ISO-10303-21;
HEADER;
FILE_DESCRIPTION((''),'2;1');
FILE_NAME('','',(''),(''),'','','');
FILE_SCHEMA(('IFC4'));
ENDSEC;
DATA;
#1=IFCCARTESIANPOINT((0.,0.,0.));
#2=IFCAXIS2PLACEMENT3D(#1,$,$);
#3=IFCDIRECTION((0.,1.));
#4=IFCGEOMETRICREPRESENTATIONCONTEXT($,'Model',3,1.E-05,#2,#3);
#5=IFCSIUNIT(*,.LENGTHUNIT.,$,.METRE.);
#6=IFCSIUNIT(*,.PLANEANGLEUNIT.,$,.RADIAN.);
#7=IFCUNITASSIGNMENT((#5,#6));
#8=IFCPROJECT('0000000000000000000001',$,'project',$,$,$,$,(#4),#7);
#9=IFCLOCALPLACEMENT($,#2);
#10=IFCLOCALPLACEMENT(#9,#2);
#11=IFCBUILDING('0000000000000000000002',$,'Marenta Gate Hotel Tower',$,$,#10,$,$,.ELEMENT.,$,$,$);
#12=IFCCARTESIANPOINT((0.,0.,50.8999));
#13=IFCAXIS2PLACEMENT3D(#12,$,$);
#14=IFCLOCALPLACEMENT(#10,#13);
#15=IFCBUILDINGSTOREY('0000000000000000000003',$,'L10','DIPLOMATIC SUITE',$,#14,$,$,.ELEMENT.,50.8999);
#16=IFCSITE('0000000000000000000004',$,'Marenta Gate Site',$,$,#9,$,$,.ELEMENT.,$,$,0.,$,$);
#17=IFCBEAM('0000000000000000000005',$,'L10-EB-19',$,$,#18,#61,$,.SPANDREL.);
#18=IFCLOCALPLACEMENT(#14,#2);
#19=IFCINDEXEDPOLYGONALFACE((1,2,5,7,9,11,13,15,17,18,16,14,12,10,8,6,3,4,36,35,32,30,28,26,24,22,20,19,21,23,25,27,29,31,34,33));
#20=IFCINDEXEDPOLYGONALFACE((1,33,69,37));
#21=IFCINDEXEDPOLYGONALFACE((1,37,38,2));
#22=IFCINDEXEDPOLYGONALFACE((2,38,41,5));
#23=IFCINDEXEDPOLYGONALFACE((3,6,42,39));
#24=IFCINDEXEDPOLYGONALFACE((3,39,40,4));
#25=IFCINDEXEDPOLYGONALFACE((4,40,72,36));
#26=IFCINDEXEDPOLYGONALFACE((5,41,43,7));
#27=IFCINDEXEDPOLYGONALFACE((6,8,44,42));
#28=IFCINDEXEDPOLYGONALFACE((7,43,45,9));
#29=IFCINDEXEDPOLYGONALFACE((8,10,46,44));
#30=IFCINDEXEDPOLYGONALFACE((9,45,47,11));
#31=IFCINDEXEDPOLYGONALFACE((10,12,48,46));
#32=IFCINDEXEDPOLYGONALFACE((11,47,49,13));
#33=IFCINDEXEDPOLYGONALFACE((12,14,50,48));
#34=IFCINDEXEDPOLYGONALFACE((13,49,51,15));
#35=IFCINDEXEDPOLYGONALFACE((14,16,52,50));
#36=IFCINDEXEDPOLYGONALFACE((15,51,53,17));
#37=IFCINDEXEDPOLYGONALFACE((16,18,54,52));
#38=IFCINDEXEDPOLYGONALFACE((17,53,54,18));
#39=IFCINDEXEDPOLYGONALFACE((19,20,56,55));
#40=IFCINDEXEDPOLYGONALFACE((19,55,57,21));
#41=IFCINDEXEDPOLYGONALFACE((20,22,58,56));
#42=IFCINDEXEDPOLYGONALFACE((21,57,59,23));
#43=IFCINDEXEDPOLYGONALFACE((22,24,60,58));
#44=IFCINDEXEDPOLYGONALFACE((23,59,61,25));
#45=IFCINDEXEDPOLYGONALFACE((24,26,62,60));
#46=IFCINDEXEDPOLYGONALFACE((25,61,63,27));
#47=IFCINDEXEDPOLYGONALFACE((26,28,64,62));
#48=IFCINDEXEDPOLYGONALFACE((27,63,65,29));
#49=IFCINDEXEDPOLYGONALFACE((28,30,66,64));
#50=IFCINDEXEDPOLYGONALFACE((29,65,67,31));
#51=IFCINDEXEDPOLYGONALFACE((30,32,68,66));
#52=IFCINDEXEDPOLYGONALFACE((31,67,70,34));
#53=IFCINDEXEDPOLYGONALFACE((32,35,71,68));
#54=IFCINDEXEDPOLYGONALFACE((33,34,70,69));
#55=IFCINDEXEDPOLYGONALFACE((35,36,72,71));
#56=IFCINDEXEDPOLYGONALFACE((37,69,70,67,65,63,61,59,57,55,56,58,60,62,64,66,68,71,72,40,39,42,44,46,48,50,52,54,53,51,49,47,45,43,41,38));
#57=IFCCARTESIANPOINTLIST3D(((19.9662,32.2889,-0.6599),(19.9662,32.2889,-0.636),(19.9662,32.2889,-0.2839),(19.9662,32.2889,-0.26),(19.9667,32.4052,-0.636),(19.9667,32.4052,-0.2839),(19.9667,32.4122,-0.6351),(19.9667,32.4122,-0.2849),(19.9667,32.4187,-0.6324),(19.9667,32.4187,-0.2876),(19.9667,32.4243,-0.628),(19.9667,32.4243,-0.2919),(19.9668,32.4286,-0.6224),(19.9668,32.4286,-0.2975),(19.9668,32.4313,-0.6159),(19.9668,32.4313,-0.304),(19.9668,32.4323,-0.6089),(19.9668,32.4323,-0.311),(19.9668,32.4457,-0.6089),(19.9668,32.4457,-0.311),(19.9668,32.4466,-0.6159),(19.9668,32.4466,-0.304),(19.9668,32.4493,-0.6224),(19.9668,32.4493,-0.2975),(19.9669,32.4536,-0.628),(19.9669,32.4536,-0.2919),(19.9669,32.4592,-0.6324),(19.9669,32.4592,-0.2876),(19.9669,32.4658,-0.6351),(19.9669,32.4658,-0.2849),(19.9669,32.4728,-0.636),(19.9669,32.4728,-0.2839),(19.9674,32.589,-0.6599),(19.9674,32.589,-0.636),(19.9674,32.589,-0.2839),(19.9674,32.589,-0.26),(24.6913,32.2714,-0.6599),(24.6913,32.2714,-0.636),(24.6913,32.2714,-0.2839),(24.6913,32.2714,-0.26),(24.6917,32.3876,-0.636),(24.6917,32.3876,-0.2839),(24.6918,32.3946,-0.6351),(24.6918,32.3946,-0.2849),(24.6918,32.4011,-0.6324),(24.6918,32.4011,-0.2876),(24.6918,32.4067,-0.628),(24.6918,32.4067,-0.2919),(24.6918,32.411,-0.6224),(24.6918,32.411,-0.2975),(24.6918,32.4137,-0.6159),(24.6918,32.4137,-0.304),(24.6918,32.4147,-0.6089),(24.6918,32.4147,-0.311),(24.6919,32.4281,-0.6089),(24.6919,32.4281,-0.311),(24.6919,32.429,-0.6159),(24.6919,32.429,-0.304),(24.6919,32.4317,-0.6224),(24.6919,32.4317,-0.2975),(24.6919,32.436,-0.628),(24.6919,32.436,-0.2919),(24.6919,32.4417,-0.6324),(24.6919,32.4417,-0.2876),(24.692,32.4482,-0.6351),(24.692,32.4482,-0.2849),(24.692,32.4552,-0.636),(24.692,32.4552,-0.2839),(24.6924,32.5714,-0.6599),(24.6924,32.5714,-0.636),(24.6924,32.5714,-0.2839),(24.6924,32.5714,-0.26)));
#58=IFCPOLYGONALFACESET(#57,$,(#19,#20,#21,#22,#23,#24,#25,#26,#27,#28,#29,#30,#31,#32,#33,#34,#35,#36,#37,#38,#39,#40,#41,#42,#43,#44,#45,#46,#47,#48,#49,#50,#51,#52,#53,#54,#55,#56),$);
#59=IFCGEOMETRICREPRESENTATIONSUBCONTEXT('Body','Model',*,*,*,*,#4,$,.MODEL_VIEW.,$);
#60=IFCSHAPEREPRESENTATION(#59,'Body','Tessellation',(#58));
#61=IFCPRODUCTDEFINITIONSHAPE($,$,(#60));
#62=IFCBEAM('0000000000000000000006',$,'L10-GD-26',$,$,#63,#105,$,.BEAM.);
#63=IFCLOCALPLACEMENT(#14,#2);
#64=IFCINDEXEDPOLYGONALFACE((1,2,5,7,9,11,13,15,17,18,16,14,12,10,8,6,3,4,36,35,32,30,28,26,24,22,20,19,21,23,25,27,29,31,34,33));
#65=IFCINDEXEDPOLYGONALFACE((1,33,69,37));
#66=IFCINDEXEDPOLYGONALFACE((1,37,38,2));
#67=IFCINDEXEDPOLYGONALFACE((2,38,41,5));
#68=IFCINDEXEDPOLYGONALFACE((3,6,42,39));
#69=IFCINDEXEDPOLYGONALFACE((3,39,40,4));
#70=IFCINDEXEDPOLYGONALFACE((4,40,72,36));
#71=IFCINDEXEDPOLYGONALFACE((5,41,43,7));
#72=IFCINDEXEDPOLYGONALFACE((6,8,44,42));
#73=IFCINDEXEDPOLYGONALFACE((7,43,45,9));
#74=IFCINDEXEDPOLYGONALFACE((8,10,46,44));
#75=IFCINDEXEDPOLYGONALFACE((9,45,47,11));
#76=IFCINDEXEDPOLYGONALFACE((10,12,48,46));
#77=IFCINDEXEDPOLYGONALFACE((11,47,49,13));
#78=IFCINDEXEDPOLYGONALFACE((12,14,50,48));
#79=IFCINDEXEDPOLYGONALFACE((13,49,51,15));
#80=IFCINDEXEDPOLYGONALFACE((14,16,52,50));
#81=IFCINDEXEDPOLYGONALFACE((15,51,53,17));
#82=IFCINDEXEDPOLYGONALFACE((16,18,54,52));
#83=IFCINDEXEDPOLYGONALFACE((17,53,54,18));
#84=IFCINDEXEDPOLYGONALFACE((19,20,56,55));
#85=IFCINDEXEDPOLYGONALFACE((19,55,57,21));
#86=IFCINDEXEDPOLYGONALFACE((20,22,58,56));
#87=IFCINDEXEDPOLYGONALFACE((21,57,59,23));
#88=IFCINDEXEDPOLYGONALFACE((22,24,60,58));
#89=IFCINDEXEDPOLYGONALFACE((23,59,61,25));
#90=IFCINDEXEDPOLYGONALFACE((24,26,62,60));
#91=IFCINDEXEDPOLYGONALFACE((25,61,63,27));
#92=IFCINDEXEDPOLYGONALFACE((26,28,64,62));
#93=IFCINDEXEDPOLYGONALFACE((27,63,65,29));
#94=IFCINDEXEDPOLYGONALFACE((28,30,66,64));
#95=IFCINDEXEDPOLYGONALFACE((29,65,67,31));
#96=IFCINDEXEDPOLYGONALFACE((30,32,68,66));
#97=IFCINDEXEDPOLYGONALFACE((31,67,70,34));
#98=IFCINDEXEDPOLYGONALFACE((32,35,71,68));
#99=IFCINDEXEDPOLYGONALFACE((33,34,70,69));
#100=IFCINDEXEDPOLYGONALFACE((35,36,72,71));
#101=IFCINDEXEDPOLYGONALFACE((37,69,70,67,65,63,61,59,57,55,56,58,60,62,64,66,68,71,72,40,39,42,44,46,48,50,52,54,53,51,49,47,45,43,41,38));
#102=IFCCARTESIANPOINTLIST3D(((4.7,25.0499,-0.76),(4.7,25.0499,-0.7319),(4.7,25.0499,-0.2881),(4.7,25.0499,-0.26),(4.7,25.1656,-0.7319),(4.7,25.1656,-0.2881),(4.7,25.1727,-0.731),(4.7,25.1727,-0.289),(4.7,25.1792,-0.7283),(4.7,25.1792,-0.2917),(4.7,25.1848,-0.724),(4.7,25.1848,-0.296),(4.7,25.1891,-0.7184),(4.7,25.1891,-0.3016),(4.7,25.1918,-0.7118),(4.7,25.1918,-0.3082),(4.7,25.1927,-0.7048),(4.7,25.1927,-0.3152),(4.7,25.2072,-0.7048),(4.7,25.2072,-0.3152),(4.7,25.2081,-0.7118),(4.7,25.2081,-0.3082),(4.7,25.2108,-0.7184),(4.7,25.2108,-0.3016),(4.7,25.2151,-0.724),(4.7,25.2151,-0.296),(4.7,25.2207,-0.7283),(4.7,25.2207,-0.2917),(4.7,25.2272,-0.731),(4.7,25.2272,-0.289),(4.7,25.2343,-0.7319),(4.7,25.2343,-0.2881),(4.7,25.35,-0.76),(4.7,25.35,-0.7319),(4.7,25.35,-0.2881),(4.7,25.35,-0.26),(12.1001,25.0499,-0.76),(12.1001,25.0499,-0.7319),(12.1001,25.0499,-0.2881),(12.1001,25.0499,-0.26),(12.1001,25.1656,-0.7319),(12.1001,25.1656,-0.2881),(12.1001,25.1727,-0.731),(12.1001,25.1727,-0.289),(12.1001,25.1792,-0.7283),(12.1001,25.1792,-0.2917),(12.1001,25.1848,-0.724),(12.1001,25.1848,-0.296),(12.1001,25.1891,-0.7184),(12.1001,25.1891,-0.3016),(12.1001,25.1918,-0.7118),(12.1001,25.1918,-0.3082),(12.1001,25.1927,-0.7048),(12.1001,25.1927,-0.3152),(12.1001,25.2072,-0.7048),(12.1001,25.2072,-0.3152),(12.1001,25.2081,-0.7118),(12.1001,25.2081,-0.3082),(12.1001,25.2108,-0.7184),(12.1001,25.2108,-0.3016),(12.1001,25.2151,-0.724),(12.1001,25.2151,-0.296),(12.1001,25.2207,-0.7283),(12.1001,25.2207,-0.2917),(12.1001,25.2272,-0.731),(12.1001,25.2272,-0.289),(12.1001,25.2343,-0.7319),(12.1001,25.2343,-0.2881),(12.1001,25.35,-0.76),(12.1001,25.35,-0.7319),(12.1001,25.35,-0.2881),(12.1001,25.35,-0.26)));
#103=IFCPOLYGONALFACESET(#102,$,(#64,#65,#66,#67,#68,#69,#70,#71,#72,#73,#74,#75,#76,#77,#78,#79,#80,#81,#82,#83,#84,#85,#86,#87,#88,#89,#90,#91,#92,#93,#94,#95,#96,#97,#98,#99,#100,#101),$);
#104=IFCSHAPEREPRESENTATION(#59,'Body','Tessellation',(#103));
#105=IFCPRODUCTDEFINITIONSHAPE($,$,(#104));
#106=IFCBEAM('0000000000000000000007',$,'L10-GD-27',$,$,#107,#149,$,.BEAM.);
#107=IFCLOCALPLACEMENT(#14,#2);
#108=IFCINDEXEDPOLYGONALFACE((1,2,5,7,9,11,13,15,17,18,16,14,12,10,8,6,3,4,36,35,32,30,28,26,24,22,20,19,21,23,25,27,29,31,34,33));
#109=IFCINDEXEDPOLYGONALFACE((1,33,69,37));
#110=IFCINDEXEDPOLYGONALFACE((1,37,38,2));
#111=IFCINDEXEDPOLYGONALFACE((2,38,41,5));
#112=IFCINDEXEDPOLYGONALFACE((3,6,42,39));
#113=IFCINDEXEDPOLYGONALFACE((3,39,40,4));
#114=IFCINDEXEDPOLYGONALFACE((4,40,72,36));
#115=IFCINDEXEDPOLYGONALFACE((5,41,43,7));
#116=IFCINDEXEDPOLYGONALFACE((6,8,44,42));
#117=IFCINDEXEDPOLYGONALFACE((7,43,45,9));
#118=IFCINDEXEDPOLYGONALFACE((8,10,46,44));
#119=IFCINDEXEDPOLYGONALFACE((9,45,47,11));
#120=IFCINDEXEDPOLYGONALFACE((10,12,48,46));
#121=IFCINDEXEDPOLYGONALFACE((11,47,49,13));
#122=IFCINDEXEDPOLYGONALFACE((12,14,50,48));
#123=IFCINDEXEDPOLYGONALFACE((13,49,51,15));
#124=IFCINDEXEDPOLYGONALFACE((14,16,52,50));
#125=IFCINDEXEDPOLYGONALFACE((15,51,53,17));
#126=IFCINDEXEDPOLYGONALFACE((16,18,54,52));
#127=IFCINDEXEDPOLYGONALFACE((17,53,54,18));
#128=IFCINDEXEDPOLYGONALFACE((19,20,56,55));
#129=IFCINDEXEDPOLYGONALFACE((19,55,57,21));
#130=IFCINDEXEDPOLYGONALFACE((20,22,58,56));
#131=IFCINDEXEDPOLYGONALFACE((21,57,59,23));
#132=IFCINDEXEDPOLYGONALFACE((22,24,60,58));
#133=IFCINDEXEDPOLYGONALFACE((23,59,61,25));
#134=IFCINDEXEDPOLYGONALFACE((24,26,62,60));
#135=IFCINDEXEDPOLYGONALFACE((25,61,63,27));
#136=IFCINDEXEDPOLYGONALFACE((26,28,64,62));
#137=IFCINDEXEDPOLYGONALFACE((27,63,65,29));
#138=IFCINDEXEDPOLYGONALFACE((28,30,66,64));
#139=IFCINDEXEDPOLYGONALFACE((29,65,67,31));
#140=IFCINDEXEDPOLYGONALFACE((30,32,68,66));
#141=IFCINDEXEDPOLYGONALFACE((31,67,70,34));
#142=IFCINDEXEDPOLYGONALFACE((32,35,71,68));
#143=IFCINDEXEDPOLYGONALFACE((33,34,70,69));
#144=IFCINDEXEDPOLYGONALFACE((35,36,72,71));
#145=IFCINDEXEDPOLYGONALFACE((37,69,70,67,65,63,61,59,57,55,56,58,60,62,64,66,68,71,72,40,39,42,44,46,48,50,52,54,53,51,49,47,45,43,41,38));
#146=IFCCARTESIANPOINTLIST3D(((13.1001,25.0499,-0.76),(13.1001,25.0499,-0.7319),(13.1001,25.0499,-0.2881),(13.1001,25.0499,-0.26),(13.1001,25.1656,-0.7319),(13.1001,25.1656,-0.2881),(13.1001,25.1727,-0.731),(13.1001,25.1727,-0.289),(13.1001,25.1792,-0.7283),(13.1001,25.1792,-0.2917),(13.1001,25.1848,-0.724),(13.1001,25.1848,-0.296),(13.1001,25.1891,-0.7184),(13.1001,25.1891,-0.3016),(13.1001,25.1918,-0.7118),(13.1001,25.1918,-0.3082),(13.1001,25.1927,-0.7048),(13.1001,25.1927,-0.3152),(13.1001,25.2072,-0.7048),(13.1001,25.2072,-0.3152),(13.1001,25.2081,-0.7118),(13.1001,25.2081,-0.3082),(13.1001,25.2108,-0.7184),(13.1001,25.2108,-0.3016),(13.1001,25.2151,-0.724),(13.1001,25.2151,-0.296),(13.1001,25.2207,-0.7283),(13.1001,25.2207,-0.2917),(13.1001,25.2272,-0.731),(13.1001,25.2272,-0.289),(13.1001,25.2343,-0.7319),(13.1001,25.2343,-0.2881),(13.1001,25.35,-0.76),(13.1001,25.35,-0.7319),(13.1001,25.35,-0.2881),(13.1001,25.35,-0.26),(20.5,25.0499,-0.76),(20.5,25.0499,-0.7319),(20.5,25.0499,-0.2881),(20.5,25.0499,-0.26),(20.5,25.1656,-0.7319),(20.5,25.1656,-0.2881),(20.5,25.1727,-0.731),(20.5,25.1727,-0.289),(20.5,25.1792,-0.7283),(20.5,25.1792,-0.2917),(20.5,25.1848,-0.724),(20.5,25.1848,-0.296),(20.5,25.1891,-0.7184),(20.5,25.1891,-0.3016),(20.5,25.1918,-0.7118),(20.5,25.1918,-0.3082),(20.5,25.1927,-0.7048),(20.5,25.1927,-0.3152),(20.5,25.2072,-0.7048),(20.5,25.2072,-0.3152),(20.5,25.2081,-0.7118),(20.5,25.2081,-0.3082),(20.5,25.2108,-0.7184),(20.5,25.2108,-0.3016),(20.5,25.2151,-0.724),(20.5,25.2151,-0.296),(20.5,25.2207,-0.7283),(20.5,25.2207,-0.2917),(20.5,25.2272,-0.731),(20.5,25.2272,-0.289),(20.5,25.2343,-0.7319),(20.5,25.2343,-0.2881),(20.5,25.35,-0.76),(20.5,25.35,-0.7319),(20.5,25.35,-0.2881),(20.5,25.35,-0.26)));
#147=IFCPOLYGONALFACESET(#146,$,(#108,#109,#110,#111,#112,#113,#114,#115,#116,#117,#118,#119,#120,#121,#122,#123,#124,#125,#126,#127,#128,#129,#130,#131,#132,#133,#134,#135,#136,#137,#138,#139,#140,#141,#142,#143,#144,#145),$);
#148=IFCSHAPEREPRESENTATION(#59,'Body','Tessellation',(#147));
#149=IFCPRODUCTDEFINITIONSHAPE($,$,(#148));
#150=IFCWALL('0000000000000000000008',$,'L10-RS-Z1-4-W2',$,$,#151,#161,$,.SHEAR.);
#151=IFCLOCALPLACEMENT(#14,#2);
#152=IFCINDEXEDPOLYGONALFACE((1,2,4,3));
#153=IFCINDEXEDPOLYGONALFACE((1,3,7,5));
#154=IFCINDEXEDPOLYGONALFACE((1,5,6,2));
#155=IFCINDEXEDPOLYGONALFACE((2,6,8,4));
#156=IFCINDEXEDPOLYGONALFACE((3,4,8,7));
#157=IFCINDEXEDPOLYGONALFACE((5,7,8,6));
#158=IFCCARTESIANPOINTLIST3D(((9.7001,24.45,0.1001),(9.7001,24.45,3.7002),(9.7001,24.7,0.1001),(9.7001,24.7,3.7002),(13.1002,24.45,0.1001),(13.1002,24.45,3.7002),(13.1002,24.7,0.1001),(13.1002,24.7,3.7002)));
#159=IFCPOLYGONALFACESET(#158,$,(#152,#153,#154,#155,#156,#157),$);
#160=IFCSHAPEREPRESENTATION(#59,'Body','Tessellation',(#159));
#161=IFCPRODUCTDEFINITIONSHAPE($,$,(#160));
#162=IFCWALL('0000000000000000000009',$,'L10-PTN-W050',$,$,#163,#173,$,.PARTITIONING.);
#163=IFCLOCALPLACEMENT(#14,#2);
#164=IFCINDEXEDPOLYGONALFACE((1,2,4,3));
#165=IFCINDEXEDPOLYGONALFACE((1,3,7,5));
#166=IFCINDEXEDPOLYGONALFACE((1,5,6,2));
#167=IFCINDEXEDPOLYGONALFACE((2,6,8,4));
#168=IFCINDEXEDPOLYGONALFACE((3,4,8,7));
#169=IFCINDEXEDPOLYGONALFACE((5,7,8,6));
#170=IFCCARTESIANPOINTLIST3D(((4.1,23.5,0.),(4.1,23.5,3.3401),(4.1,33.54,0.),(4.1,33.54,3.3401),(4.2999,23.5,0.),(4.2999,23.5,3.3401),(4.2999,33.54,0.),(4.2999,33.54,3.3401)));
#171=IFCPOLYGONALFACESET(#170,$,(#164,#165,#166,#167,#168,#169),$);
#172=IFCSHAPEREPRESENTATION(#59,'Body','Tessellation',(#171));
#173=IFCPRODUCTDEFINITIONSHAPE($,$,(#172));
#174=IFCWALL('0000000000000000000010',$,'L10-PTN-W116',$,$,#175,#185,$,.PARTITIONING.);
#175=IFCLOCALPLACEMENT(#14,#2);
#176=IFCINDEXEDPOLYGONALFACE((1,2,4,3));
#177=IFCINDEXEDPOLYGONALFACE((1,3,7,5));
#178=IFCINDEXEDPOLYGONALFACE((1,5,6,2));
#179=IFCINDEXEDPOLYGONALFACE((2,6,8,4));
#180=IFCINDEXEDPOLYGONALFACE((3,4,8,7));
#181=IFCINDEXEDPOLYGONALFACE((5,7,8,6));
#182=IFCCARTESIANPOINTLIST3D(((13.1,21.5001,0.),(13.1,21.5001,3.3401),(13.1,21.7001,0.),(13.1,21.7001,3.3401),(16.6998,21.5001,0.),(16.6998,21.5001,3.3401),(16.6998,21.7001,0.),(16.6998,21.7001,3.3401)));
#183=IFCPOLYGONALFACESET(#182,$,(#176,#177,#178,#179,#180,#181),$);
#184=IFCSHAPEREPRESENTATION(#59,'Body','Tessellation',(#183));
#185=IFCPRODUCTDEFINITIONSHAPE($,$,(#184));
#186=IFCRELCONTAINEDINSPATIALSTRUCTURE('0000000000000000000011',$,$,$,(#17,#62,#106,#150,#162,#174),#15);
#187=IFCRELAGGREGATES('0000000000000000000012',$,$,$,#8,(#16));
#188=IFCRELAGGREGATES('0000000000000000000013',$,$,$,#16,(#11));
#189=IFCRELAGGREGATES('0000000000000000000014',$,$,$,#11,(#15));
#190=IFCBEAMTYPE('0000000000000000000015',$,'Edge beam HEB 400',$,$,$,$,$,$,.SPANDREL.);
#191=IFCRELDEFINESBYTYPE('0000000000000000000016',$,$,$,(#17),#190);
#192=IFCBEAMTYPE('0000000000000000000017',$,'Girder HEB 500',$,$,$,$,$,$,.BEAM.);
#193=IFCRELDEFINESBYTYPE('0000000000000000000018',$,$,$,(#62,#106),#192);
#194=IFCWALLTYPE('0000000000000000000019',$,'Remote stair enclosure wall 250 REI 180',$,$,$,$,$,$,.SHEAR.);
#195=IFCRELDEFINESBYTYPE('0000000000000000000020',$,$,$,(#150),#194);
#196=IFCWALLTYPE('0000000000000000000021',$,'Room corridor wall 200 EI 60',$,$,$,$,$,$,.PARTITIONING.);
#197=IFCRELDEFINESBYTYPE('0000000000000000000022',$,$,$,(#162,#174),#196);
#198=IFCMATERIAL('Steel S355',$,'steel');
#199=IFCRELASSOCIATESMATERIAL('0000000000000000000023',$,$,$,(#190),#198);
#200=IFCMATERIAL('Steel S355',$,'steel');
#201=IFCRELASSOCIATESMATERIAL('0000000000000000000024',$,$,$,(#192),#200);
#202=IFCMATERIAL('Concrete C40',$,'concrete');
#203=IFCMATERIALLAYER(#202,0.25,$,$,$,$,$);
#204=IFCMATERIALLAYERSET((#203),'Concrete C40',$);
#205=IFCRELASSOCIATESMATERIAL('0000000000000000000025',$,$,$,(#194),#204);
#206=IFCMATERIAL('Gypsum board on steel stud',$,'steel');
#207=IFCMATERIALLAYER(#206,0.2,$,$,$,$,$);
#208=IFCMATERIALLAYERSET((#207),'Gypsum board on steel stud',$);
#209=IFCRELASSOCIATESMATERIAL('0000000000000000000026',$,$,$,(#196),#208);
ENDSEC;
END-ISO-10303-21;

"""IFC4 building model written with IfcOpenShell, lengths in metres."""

from ifc_helpers import new_model, si_unit, direction, frame, frame_2d, origin, origin_2d, place, context, subcontext, project, spatial, rectangle, i_section, extrude, material, layer, layer_set, material_profile, profile_set, type_object, element, save


model = new_model("IFC4")

# Units and contexts
model_context = context("Model", 3, precision=1e-05, world=origin(), true_north=direction((0.0, 1.0)))
body_context = subcontext(model_context, "Body", "Model", "MODEL_VIEW")
ifc_project = project(units=[si_unit("LENGTHUNIT", "METRE"), si_unit("PLANEANGLEUNIT", "RADIAN")], contexts=[model_context])

# Site, building, storey
site_placement = place(None, origin())
site = spatial("IfcSite", under=ifc_project, at=site_placement, Name="Marenta Gate Site", CompositionType="ELEMENT", RefElevation=0.0)
building_placement = place(site_placement, origin())
building = spatial("IfcBuilding", under=site, at=building_placement, Name="Marenta Gate Hotel Tower", CompositionType="ELEMENT")
storey_placement = place(building_placement, frame((0.0, 0.0, 50.8999)))
storey = spatial("IfcBuildingStorey", under=building, at=storey_placement, Name="L10", Description="DIPLOMATIC SUITE", CompositionType="ELEMENT", Elevation=50.8999)

# Beams
ifc_material_1 = material(Name="Steel S355", Category="steel")
ifc_material_profile_1 = material_profile(ifc_material_1, i_section(OverallWidth=0.3, OverallDepth=0.3999, WebThickness=0.0134, FlangeThickness=0.0239, FilletRadius=0.0271, at=origin_2d()), Name="HEB 400")
ifc_profile_set_1 = profile_set([ifc_material_profile_1], Name="Steel S355")
beam_type_1 = type_object("IfcBeamType", Name="Edge beam HEB 400", PredefinedType="SPANDREL", material=ifc_profile_set_1)
beam_1_placement = place(storey_placement, frame((19.9668, 32.439, -0.46), z_axis=(0.999993, -0.00372, 0.0), x_axis=(0.00372, 0.999993, 0.0)))
element("IfcBeam", 1, at=beam_1_placement, inside=storey, type_object=beam_type_1, Name="L10-EB-19", PredefinedType="SPANDREL", context=body_context, shape_type="SweptSolid", body=[
    extrude(i_section(OverallWidth=0.3, OverallDepth=0.3999, WebThickness=0.0134, FlangeThickness=0.0239, FilletRadius=0.0271, at=origin_2d()), origin(), (0.0, 0.0, 1.0), 4.7251),
])
ifc_material_2 = material(Name="Steel S355", Category="steel")
ifc_material_profile_2 = material_profile(ifc_material_2, i_section(OverallWidth=0.3, OverallDepth=0.5, WebThickness=0.0144, FlangeThickness=0.0281, FilletRadius=0.0271, at=origin_2d()), Name="HEB 500")
ifc_profile_set_2 = profile_set([ifc_material_profile_2], Name="Steel S355")
beam_type_2 = type_object("IfcBeamType", Name="Girder HEB 500", PredefinedType="BEAM", material=ifc_profile_set_2)
beam_2_placement = place(storey_placement, frame((4.7, 25.2, -0.51), z_axis=(1.0, 0.0, 0.0), x_axis=(0.0, 1.0, 0.0)))
element("IfcBeam", 2, at=beam_2_placement, inside=storey, type_object=beam_type_2, Name="L10-GD-26", PredefinedType="BEAM", context=body_context, shape_type="SweptSolid", body=[
    extrude(i_section(OverallWidth=0.3, OverallDepth=0.5, WebThickness=0.0144, FlangeThickness=0.0281, FilletRadius=0.0271, at=origin_2d()), origin(), (0.0, 0.0, 1.0), 7.4001),
])
beam_3_placement = place(storey_placement, frame((13.1001, 25.2, -0.51), z_axis=(1.0, 0.0, 0.0), x_axis=(0.0, 1.0, 0.0)))
element("IfcBeam", 3, at=beam_3_placement, inside=storey, type_object=beam_type_2, Name="L10-GD-27", PredefinedType="BEAM", context=body_context, shape_type="SweptSolid", body=[
    extrude(i_section(OverallWidth=0.3, OverallDepth=0.5, WebThickness=0.0144, FlangeThickness=0.0281, FilletRadius=0.0271, at=origin_2d()), origin(), (0.0, 0.0, 1.0), 7.3999),
])

# Walls
ifc_material_3 = material(Name="Concrete C40", Category="concrete")
ifc_layer_1 = layer(ifc_material_3, 0.25)
ifc_layer_set_1 = layer_set([ifc_layer_1], Name="Concrete C40")
wall_type_1 = type_object("IfcWallType", Name="Remote stair enclosure wall 250 REI 180", PredefinedType="SHEAR", material=ifc_layer_set_1)
wall_1_placement = place(storey_placement, frame((9.7, 24.575, 0.1001), z_axis=(0.0, 0.0, 1.0), x_axis=(1.0, 0.0, 0.0)))
element("IfcWall", 4, at=wall_1_placement, inside=storey, type_object=wall_type_1, Name="L10-RS-Z1-4-W2", PredefinedType="SHEAR", context=body_context, shape_type="SweptSolid", body=[
    extrude(rectangle(XDim=3.4001, YDim=0.25, at=frame_2d((1.7002, 0.0))), origin(), (0.0, 0.0, 1.0), 3.6001),
])
ifc_material_4 = material(Name="Gypsum board on steel stud", Category="steel")
ifc_layer_2 = layer(ifc_material_4, 0.2)
ifc_layer_set_2 = layer_set([ifc_layer_2], Name="Gypsum board on steel stud")
wall_type_2 = type_object("IfcWallType", Name="Room corridor wall 200 EI 60", PredefinedType="PARTITIONING", material=ifc_layer_set_2)
wall_2_placement = place(storey_placement, frame((4.2, 23.5, 0.0), z_axis=(0.0, 0.0, 1.0), x_axis=(0.0, 1.0, 0.0)))
element("IfcWall", 5, at=wall_2_placement, inside=storey, type_object=wall_type_2, Name="L10-PTN-W050", PredefinedType="PARTITIONING", context=body_context, shape_type="SweptSolid", body=[
    extrude(rectangle(XDim=10.04, YDim=0.2, at=frame_2d((5.02, 0.0))), origin(), (0.0, 0.0, 1.0), 3.3401),
])
wall_3_placement = place(storey_placement, frame((13.1001, 21.6001, 0.0), z_axis=(0.0, 0.0, 1.0), x_axis=(1.0, 0.0, 0.0)))
element("IfcWall", 6, at=wall_3_placement, inside=storey, type_object=wall_type_2, Name="L10-PTN-W116", PredefinedType="PARTITIONING", context=body_context, shape_type="SweptSolid", body=[
    extrude(rectangle(XDim=3.5999, YDim=0.2, at=frame_2d((1.7998, 0.0))), origin(), (0.0, 0.0, 1.0), 3.3401),
])

save(model, "model.ifc")
